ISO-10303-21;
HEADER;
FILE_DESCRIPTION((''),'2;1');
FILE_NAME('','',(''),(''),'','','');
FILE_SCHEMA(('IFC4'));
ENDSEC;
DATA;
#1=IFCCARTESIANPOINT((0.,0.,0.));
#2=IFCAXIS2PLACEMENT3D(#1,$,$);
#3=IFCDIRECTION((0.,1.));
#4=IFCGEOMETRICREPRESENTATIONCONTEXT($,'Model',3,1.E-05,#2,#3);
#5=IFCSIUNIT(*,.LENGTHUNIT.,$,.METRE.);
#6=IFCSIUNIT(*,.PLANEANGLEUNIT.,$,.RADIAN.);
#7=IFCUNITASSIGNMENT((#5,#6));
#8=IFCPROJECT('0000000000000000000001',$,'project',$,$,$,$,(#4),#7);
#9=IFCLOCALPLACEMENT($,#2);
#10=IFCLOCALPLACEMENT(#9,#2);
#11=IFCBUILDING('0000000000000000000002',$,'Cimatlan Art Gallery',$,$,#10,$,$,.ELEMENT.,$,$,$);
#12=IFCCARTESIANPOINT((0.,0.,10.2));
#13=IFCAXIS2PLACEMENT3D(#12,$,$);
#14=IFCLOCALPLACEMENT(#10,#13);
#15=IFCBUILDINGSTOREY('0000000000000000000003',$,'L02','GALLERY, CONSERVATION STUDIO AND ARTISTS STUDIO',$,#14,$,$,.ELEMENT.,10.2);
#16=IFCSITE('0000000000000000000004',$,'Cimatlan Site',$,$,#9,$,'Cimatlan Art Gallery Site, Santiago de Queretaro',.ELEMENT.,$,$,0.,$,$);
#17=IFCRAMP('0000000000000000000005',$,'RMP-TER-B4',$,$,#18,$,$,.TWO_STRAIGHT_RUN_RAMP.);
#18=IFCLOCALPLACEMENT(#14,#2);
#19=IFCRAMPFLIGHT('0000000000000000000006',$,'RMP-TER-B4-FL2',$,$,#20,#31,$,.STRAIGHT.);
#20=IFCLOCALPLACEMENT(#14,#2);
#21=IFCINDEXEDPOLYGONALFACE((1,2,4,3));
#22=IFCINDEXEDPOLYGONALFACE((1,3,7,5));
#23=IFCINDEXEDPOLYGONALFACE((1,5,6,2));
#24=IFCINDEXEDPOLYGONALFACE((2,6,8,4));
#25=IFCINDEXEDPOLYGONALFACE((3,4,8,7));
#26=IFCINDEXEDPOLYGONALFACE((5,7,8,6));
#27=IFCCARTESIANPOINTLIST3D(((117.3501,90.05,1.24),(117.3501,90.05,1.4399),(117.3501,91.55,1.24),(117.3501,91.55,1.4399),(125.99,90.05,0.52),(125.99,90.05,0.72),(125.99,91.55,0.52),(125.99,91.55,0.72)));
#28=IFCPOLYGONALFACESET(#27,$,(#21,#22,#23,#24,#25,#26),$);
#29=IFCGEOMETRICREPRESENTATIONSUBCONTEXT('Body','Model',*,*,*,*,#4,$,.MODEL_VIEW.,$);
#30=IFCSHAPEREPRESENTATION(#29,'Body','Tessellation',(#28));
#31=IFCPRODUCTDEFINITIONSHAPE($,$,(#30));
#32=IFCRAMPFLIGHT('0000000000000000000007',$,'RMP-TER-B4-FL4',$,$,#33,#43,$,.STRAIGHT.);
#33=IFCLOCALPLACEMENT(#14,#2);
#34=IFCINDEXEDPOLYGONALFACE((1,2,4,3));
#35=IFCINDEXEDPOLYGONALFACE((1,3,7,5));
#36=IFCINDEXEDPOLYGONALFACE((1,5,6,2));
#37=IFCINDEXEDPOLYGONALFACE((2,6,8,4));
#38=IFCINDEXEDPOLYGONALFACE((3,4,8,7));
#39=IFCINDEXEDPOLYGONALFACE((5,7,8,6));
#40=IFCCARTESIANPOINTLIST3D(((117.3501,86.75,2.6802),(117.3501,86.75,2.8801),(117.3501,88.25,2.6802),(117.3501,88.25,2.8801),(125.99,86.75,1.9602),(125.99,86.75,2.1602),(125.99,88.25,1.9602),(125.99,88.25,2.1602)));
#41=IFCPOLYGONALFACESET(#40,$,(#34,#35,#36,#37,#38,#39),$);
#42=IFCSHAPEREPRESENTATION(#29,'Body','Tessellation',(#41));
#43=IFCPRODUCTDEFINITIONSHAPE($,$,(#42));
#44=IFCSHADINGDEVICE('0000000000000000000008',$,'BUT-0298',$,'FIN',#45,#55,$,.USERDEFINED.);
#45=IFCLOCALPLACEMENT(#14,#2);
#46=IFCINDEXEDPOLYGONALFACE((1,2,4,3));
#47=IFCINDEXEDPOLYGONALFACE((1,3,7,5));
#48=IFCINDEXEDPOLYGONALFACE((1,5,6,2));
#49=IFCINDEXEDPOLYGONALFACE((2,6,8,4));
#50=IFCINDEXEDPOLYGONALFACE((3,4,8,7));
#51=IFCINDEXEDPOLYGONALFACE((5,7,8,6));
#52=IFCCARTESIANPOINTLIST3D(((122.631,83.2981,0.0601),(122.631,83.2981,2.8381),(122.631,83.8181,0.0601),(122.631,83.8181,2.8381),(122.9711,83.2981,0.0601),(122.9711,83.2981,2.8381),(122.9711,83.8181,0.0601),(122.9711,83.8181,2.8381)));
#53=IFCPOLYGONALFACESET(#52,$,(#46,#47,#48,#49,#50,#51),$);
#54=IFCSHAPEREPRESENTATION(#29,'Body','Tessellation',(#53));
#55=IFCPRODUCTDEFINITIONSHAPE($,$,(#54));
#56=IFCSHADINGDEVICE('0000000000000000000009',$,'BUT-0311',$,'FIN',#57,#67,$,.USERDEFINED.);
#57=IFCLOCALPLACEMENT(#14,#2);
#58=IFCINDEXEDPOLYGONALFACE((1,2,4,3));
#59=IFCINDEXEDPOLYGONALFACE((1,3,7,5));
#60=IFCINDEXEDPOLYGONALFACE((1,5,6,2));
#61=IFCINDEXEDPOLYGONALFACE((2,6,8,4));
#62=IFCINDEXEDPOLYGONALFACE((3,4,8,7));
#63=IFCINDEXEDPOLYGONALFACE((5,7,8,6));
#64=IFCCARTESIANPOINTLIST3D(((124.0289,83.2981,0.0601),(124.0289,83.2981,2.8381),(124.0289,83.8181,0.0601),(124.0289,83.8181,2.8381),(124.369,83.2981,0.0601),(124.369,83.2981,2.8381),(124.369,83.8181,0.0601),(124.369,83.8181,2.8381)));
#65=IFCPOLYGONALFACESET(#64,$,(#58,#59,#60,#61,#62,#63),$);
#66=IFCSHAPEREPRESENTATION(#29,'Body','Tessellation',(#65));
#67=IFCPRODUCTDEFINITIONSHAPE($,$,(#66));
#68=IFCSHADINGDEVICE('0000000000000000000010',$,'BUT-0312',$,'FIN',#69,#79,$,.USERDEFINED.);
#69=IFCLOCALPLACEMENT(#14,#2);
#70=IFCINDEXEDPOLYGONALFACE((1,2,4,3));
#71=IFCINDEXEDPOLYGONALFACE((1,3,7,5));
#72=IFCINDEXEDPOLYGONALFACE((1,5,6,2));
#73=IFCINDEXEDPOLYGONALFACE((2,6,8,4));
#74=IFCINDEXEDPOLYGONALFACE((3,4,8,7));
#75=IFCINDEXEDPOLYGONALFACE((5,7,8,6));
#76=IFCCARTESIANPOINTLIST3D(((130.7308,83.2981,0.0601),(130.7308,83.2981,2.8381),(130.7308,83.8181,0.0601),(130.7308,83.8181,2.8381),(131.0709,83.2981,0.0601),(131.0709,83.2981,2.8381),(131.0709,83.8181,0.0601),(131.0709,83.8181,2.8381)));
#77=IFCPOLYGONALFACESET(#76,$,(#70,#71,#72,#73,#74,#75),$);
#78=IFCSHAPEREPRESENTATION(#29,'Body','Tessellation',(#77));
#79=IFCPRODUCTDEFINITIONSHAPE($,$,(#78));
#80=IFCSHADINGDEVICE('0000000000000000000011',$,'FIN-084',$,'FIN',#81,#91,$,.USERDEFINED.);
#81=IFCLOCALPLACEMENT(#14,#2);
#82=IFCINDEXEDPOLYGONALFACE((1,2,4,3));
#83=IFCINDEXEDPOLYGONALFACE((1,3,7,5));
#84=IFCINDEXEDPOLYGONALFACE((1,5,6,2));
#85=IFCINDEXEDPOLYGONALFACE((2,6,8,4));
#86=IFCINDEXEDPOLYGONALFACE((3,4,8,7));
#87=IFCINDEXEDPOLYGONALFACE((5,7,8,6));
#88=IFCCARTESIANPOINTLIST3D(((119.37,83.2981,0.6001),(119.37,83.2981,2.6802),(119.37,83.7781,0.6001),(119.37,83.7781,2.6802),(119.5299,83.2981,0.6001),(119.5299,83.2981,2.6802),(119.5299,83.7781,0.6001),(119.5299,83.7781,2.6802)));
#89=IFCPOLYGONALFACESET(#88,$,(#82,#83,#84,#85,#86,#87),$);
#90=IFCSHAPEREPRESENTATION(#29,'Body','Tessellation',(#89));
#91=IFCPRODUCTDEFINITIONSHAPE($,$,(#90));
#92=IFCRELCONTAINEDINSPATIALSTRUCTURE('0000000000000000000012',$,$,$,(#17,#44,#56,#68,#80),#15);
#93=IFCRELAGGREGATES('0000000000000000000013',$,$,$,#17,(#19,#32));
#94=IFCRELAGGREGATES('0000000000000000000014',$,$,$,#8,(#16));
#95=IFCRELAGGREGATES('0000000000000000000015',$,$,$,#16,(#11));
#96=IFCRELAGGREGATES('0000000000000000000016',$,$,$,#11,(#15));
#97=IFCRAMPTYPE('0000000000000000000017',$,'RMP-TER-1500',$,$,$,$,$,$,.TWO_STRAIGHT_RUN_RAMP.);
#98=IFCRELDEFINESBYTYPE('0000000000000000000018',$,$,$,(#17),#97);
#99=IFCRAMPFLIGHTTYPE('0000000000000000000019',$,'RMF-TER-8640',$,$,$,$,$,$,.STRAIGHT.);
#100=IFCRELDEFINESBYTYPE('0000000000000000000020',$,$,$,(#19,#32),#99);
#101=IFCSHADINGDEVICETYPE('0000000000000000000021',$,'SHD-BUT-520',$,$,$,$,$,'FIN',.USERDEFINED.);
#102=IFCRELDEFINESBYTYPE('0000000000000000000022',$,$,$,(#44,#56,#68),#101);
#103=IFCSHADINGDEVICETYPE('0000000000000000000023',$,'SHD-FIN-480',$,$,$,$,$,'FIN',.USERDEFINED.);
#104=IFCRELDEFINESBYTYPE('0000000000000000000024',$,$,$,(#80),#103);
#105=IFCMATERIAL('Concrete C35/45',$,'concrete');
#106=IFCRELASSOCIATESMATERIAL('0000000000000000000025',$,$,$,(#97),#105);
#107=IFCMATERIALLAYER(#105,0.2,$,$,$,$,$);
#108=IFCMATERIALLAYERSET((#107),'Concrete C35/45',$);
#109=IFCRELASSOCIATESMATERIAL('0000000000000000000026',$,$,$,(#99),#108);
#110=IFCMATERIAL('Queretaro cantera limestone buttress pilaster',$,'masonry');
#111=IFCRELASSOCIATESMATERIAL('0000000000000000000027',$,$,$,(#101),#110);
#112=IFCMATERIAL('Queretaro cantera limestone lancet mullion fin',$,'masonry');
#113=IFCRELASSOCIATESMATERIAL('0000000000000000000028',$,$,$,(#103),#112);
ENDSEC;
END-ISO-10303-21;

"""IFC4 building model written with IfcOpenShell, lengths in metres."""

from ifc_helpers import new_model, si_unit, direction, frame, origin, origin_2d, place, context, subcontext, project, spatial, polyline, rectangle, outline, extrude, material, layer, layer_set, type_object, element, aggregate, save


model = new_model("IFC4")

# Units and contexts
model_context = context("Model", 3, precision=1e-05, world=origin(), true_north=direction((0.0, 1.0)))
body_context = subcontext(model_context, "Body", "Model", "MODEL_VIEW")
ifc_project = project(units=[si_unit("LENGTHUNIT", "METRE"), si_unit("PLANEANGLEUNIT", "RADIAN")], contexts=[model_context])

# Site, building, storey
site_placement = place(None, origin())
site = spatial("IfcSite", under=ifc_project, at=site_placement, Name="Cimatlan Site", LongName="Cimatlan Art Gallery Site, Santiago de Queretaro", CompositionType="ELEMENT", RefElevation=0.0)
building_placement = place(site_placement, origin())
building = spatial("IfcBuilding", under=site, at=building_placement, Name="Cimatlan Art Gallery", CompositionType="ELEMENT")
storey_placement = place(building_placement, frame((0.0, 0.0, 10.2)))
storey = spatial("IfcBuildingStorey", under=building, at=storey_placement, Name="L02", Description="GALLERY, CONSERVATION STUDIO AND ARTISTS STUDIO", CompositionType="ELEMENT", Elevation=10.2)

# Ramp, ramp flights
ifc_material_1 = material(Name="Concrete C35/45", Category="concrete")
ramp_type = type_object("IfcRampType", Name="RMP-TER-1500", PredefinedType="TWO_STRAIGHT_RUN_RAMP", material=ifc_material_1)
ramp_placement = place(storey_placement, origin())
ramp = element("IfcRamp", 1, at=ramp_placement, inside=storey, type_object=ramp_type, Name="RMP-TER-B4", PredefinedType="TWO_STRAIGHT_RUN_RAMP")
ifc_layer_1 = layer(ifc_material_1, 0.2)
ifc_layer_set_1 = layer_set([ifc_layer_1], Name="Concrete C35/45")
ramp_flight_type = type_object("IfcRampFlightType", Name="RMF-TER-8640", PredefinedType="STRAIGHT", material=ifc_layer_set_1)
ramp_flight_1_placement = place(storey_placement, frame((125.99, 90.8, 0.72), z_axis=(0.0, 0.0, 1.0), x_axis=(-1.0, 0.0, 0.0)))
ramp_flight_1 = element("IfcRampFlight", 2, at=ramp_flight_1_placement, type_object=ramp_flight_type, Name="RMP-TER-B4-FL2", PredefinedType="STRAIGHT", context=body_context, shape_type="SweptSolid", body=[
    extrude(outline(polyline([(0.0, 0.0), (8.6399, 0.72), (8.6399, 0.52), (0.0, -0.2), (0.0, 0.0)])), frame((0.0, 0.75, 0.0), z_axis=(0.0, -1.0, 0.0), x_axis=(1.0, 0.0, 0.0)), (0.0, 0.0, 1.0), 1.5),
])
ramp_flight_2_placement = place(storey_placement, frame((125.99, 87.5, 2.1602), z_axis=(0.0, 0.0, 1.0), x_axis=(-1.0, 0.0, 0.0)))
ramp_flight_2 = element("IfcRampFlight", 3, at=ramp_flight_2_placement, type_object=ramp_flight_type, Name="RMP-TER-B4-FL4", PredefinedType="STRAIGHT", context=body_context, shape_type="SweptSolid", body=[
    extrude(outline(polyline([(0.0, 0.0), (8.6399, 0.72), (8.6399, 0.52), (0.0, -0.2), (0.0, 0.0)])), frame((0.0, 0.75, 0.0), z_axis=(0.0, -1.0, 0.0), x_axis=(1.0, 0.0, 0.0)), (0.0, 0.0, 1.0), 1.5),
])
aggregate(ramp, [ramp_flight_1, ramp_flight_2])

# Shading devices
ifc_material_2 = material(Name="Queretaro cantera limestone buttress pilaster", Category="masonry")
shading_device_type_1 = type_object("IfcShadingDeviceType", Name="SHD-BUT-520", ElementType="FIN", PredefinedType="USERDEFINED", material=ifc_material_2)
for number, where, z_axis, x_axis, name in (
    (4, (122.801, 83.5581, 0.0601), (0.0, 0.0, 1.0), (1.0, 0.0, 0.0), "BUT-0298"),
    (5, (124.199, 83.5581, 0.0601), (0.0, 0.0, 1.0), (1.0, 0.0, 0.0), "BUT-0311"),
    (6, (130.9009, 83.5581, 0.0601), (0.0, 0.0, 1.0), (1.0, 0.0, 0.0), "BUT-0312"),
):
    element("IfcShadingDevice", number, at=place(storey_placement, frame(where, z_axis=z_axis, x_axis=x_axis)), inside=storey, type_object=shading_device_type_1, Name=name, ObjectType="FIN", PredefinedType="USERDEFINED", context=body_context, shape_type="SweptSolid", body=[
        extrude(rectangle(XDim=0.3401, YDim=0.52, at=origin_2d()), origin(), (0.0, 0.0, 1.0), 2.7781),
    ])
ifc_material_3 = material(Name="Queretaro cantera limestone lancet mullion fin", Category="masonry")
shading_device_type_2 = type_object("IfcShadingDeviceType", Name="SHD-FIN-480", ElementType="FIN", PredefinedType="USERDEFINED", material=ifc_material_3)
shading_device_placement = place(storey_placement, frame((119.45, 83.5381, 0.6001), z_axis=(0.0, 0.0, 1.0), x_axis=(1.0, 0.0, 0.0)))
element("IfcShadingDevice", 7, at=shading_device_placement, inside=storey, type_object=shading_device_type_2, Name="FIN-084", ObjectType="FIN", PredefinedType="USERDEFINED", context=body_context, shape_type="SweptSolid", body=[
    extrude(rectangle(XDim=0.1599, YDim=0.48, at=origin_2d()), origin(), (0.0, 0.0, 1.0), 2.0801),
])

save(model, "model.ifc")
